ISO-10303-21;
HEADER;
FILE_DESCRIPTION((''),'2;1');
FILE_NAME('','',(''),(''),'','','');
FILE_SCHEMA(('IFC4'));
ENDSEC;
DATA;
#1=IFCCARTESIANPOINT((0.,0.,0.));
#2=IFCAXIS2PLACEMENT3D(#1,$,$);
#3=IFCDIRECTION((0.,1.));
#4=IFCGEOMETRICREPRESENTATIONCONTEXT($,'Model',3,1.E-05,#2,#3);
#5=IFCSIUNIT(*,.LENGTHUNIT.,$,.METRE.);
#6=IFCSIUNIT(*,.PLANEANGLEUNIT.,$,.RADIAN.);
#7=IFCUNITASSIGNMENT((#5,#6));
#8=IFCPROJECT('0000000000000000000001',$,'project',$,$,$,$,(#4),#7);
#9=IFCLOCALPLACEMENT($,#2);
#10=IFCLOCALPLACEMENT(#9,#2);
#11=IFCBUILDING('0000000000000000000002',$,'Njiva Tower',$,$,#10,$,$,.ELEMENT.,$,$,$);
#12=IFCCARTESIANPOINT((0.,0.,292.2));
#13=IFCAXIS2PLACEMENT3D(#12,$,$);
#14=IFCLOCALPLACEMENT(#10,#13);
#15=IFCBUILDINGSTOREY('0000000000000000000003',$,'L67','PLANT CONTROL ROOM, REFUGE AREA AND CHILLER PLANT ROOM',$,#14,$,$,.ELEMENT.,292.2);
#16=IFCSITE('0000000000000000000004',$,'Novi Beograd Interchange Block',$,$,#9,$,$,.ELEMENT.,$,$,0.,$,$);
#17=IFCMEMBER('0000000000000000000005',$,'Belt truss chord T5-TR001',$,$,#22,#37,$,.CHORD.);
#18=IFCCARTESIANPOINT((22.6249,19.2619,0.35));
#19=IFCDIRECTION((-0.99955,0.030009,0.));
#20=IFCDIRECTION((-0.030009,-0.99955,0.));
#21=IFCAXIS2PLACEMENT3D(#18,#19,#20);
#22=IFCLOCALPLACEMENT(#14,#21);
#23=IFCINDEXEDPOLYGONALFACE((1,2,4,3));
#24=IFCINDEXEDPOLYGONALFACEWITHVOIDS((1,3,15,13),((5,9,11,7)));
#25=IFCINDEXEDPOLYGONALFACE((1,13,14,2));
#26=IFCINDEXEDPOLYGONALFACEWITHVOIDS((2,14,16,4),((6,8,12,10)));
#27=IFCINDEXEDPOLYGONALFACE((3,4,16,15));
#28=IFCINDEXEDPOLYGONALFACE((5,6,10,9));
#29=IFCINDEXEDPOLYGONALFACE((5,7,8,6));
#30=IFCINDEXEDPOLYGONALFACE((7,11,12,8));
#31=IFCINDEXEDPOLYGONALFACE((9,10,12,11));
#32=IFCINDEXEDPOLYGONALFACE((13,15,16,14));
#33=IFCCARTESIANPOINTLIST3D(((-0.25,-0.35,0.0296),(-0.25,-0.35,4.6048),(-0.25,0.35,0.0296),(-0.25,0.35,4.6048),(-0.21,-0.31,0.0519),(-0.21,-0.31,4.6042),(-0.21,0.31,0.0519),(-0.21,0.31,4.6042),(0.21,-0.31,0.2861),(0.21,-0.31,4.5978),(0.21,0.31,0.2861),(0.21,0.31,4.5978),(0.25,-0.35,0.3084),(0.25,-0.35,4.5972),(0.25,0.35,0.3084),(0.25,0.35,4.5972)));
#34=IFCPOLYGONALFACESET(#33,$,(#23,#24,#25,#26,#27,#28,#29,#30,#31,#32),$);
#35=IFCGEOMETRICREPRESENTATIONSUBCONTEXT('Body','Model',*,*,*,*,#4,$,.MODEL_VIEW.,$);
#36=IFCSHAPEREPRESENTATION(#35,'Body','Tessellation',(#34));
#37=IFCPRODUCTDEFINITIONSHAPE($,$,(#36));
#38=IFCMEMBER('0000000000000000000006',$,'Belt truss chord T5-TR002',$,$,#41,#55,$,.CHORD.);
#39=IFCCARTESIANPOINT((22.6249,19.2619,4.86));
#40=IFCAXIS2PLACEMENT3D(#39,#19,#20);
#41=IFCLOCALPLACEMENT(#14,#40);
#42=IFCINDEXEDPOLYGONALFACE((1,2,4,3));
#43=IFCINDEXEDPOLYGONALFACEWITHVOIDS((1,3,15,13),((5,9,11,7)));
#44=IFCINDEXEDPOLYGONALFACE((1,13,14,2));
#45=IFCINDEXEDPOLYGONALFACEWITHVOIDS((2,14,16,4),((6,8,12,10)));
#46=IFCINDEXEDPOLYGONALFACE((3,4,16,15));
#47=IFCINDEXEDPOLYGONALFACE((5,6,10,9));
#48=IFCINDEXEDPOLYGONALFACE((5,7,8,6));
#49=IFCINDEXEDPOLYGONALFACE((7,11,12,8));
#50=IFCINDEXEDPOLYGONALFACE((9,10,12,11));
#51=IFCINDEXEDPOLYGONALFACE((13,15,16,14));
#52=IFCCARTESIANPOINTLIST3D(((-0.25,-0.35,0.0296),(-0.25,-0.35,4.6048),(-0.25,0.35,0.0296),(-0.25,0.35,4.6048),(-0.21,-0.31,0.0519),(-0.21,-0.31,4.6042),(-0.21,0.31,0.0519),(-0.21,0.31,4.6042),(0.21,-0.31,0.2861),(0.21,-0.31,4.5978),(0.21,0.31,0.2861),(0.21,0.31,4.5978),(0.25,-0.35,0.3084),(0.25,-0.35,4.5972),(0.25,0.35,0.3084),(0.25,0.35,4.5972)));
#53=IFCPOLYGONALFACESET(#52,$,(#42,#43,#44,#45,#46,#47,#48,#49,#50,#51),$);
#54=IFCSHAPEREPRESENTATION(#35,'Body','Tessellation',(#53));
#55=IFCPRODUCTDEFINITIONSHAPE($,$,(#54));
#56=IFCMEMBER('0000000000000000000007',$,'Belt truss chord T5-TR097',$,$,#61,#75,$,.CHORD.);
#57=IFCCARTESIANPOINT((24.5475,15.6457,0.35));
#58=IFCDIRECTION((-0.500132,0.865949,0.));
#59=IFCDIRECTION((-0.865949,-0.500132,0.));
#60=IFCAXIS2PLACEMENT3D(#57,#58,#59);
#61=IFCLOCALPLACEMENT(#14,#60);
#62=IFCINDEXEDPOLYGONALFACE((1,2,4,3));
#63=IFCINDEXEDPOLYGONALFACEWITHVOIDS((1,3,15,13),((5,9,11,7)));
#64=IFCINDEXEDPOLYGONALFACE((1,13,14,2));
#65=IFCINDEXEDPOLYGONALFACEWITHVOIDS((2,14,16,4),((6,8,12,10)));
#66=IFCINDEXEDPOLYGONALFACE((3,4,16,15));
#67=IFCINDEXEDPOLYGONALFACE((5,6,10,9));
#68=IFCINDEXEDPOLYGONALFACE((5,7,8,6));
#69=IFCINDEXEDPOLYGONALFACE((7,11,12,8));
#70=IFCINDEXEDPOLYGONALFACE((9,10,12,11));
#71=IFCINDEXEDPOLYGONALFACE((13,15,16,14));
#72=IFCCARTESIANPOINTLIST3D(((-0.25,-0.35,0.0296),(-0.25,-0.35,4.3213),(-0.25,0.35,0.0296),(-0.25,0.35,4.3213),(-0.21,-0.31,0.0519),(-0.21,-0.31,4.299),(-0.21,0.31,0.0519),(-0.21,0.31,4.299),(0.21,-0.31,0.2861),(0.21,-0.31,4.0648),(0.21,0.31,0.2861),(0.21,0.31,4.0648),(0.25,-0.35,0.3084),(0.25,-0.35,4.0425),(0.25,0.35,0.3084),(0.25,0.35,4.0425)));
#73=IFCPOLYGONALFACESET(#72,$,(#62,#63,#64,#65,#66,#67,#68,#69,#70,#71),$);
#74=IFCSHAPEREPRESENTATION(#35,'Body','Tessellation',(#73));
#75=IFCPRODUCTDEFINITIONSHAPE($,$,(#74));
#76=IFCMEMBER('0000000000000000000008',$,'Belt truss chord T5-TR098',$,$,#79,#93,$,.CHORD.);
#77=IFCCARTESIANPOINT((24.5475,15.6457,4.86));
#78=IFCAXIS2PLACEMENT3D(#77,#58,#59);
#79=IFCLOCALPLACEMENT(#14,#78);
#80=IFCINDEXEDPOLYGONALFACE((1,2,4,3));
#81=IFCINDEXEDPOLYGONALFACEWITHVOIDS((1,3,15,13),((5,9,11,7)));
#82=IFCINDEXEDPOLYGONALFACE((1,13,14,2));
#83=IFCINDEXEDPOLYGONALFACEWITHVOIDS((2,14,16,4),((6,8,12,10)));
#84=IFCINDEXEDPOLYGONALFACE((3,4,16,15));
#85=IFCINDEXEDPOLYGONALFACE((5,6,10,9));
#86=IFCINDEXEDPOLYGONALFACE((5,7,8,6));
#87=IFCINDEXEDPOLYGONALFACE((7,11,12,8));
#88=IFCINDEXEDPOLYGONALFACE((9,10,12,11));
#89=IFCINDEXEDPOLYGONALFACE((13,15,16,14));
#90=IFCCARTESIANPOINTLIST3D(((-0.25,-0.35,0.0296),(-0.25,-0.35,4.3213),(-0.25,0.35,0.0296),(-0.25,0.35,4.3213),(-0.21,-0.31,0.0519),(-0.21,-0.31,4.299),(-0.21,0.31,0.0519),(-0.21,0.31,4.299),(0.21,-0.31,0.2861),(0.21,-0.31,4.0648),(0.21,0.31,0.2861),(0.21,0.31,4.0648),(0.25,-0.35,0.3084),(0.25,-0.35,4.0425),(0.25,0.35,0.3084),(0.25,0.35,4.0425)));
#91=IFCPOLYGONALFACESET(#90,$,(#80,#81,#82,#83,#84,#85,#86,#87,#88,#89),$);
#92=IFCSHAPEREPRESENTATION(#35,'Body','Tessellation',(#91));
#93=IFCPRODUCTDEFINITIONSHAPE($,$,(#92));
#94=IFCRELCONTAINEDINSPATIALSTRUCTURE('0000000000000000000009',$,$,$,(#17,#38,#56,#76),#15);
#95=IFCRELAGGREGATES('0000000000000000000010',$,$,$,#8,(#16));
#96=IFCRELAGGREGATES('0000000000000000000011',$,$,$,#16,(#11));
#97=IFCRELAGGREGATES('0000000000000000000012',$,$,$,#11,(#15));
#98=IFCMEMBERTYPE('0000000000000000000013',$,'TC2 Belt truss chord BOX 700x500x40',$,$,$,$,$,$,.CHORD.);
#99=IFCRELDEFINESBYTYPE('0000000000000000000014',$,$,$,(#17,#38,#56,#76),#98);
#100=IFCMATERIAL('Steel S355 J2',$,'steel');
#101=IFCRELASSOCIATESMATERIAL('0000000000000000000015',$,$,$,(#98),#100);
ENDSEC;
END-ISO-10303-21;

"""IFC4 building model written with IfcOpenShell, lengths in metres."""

from ifc_helpers import new_model, si_unit, direction, frame, origin, origin_2d, place, context, subcontext, project, spatial, hollow_rectangle, extrude, clip, halfspace, material, material_profile, profile_set, type_object, element, save


model = new_model("IFC4")

# Units and contexts
model_context = context("Model", 3, precision=1e-05, world=origin(), true_north=direction((0.0, 1.0)))
body_context = subcontext(model_context, "Body", "Model", "MODEL_VIEW")
ifc_project = project(units=[si_unit("LENGTHUNIT", "METRE"), si_unit("PLANEANGLEUNIT", "RADIAN")], contexts=[model_context])

# Site, building, storey
site_placement = place(None, origin())
site = spatial("IfcSite", under=ifc_project, at=site_placement, Name="Novi Beograd Interchange Block", CompositionType="ELEMENT", RefElevation=0.0)
building_placement = place(site_placement, origin())
building = spatial("IfcBuilding", under=site, at=building_placement, Name="Njiva Tower", CompositionType="ELEMENT")
storey_placement = place(building_placement, frame((0.0, 0.0, 292.2)))
storey = spatial("IfcBuildingStorey", under=building, at=storey_placement, Name="L67", Description="PLANT CONTROL ROOM, REFUGE AREA AND CHILLER PLANT ROOM", CompositionType="ELEMENT", Elevation=292.2)

# Shared definitions
ifc_material_1 = material(Name="Steel S355 J2", Category="steel")

# Members
ifc_material_profile_1 = material_profile(ifc_material_1, hollow_rectangle(XDim=0.5, YDim=0.7, WallThickness=0.04, at=origin_2d()), Name="BOX 700x500x40")
ifc_profile_set_1 = profile_set([ifc_material_profile_1], Name="Steel S355 J2")
member_type_1 = type_object("IfcMemberType", Name="TC2 Belt truss chord BOX 700x500x40", PredefinedType="CHORD", material=ifc_profile_set_1)
member_1_placement = place(storey_placement, frame((22.6249, 19.2619, 0.35), z_axis=(-0.99955, 0.030009, 0.0), x_axis=(-0.030009, -0.99955, 0.0)))
element("IfcMember", 1, at=member_1_placement, inside=storey, type_object=member_type_1, Name="Belt truss chord T5-TR001", PredefinedType="CHORD", context=body_context, shape_type="Clipping", body=[
    clip(clip(extrude(hollow_rectangle(XDim=0.5, YDim=0.7, WallThickness=0.04, at=origin_2d()), origin(), (0.0, 0.0, 1.0), 4.635), halfspace(frame((0.0, -292.55, 0.169), z_axis=(0.48688, 0.0, -0.873469), x_axis=(0.0, -1.0, 0.0)), False)), halfspace(frame((0.0, -292.55, 4.601), z_axis=(0.015002, 0.0, 0.999887), x_axis=(0.0, 1.0, 0.0)), False)),
])
member_2_placement = place(storey_placement, frame((22.6249, 19.2619, 4.86), z_axis=(-0.99955, 0.030009, 0.0), x_axis=(-0.030009, -0.99955, 0.0)))
element("IfcMember", 2, at=member_2_placement, inside=storey, type_object=member_type_1, Name="Belt truss chord T5-TR002", PredefinedType="CHORD", context=body_context, shape_type="Clipping", body=[
    clip(clip(extrude(hollow_rectangle(XDim=0.5, YDim=0.7, WallThickness=0.04, at=origin_2d()), origin(), (0.0, 0.0, 1.0), 4.635), halfspace(frame((0.0, -297.06, 0.169), z_axis=(0.48688, 0.0, -0.873469), x_axis=(0.0, -1.0, 0.0)), False)), halfspace(frame((0.0, -297.06, 4.601), z_axis=(0.015002, 0.0, 0.999887), x_axis=(0.0, 1.0, 0.0)), False)),
])
member_3_placement = place(storey_placement, frame((24.5475, 15.6457, 0.35), z_axis=(-0.500132, 0.865949, 0.0), x_axis=(-0.865949, -0.500132, 0.0)))
element("IfcMember", 3, at=member_3_placement, inside=storey, type_object=member_type_1, Name="Belt truss chord T5-TR097", PredefinedType="CHORD", context=body_context, shape_type="Clipping", body=[
    clip(clip(extrude(hollow_rectangle(XDim=0.5, YDim=0.7, WallThickness=0.04, at=origin_2d()), origin(), (0.0, 0.0, 1.0), 4.3509), halfspace(frame((0.0, -292.55, 0.169), z_axis=(0.487034, 0.0, -0.873383), x_axis=(0.0, -1.0, 0.0)), False)), halfspace(frame((0.0, -292.55, 4.1819), z_axis=(0.486882, 0.0, 0.873468), x_axis=(0.0, 1.0, 0.0)), False)),
])
member_4_placement = place(storey_placement, frame((24.5475, 15.6457, 4.86), z_axis=(-0.500132, 0.865949, 0.0), x_axis=(-0.865949, -0.500132, 0.0)))
element("IfcMember", 4, at=member_4_placement, inside=storey, type_object=member_type_1, Name="Belt truss chord T5-TR098", PredefinedType="CHORD", context=body_context, shape_type="Clipping", body=[
    clip(clip(extrude(hollow_rectangle(XDim=0.5, YDim=0.7, WallThickness=0.04, at=origin_2d()), origin(), (0.0, 0.0, 1.0), 4.3509), halfspace(frame((0.0, -297.06, 0.169), z_axis=(0.487034, 0.0, -0.873383), x_axis=(0.0, -1.0, 0.0)), False)), halfspace(frame((0.0, -297.06, 4.1819), z_axis=(0.486882, 0.0, 0.873468), x_axis=(0.0, 1.0, 0.0)), False)),
])

save(model, "model.ifc")
